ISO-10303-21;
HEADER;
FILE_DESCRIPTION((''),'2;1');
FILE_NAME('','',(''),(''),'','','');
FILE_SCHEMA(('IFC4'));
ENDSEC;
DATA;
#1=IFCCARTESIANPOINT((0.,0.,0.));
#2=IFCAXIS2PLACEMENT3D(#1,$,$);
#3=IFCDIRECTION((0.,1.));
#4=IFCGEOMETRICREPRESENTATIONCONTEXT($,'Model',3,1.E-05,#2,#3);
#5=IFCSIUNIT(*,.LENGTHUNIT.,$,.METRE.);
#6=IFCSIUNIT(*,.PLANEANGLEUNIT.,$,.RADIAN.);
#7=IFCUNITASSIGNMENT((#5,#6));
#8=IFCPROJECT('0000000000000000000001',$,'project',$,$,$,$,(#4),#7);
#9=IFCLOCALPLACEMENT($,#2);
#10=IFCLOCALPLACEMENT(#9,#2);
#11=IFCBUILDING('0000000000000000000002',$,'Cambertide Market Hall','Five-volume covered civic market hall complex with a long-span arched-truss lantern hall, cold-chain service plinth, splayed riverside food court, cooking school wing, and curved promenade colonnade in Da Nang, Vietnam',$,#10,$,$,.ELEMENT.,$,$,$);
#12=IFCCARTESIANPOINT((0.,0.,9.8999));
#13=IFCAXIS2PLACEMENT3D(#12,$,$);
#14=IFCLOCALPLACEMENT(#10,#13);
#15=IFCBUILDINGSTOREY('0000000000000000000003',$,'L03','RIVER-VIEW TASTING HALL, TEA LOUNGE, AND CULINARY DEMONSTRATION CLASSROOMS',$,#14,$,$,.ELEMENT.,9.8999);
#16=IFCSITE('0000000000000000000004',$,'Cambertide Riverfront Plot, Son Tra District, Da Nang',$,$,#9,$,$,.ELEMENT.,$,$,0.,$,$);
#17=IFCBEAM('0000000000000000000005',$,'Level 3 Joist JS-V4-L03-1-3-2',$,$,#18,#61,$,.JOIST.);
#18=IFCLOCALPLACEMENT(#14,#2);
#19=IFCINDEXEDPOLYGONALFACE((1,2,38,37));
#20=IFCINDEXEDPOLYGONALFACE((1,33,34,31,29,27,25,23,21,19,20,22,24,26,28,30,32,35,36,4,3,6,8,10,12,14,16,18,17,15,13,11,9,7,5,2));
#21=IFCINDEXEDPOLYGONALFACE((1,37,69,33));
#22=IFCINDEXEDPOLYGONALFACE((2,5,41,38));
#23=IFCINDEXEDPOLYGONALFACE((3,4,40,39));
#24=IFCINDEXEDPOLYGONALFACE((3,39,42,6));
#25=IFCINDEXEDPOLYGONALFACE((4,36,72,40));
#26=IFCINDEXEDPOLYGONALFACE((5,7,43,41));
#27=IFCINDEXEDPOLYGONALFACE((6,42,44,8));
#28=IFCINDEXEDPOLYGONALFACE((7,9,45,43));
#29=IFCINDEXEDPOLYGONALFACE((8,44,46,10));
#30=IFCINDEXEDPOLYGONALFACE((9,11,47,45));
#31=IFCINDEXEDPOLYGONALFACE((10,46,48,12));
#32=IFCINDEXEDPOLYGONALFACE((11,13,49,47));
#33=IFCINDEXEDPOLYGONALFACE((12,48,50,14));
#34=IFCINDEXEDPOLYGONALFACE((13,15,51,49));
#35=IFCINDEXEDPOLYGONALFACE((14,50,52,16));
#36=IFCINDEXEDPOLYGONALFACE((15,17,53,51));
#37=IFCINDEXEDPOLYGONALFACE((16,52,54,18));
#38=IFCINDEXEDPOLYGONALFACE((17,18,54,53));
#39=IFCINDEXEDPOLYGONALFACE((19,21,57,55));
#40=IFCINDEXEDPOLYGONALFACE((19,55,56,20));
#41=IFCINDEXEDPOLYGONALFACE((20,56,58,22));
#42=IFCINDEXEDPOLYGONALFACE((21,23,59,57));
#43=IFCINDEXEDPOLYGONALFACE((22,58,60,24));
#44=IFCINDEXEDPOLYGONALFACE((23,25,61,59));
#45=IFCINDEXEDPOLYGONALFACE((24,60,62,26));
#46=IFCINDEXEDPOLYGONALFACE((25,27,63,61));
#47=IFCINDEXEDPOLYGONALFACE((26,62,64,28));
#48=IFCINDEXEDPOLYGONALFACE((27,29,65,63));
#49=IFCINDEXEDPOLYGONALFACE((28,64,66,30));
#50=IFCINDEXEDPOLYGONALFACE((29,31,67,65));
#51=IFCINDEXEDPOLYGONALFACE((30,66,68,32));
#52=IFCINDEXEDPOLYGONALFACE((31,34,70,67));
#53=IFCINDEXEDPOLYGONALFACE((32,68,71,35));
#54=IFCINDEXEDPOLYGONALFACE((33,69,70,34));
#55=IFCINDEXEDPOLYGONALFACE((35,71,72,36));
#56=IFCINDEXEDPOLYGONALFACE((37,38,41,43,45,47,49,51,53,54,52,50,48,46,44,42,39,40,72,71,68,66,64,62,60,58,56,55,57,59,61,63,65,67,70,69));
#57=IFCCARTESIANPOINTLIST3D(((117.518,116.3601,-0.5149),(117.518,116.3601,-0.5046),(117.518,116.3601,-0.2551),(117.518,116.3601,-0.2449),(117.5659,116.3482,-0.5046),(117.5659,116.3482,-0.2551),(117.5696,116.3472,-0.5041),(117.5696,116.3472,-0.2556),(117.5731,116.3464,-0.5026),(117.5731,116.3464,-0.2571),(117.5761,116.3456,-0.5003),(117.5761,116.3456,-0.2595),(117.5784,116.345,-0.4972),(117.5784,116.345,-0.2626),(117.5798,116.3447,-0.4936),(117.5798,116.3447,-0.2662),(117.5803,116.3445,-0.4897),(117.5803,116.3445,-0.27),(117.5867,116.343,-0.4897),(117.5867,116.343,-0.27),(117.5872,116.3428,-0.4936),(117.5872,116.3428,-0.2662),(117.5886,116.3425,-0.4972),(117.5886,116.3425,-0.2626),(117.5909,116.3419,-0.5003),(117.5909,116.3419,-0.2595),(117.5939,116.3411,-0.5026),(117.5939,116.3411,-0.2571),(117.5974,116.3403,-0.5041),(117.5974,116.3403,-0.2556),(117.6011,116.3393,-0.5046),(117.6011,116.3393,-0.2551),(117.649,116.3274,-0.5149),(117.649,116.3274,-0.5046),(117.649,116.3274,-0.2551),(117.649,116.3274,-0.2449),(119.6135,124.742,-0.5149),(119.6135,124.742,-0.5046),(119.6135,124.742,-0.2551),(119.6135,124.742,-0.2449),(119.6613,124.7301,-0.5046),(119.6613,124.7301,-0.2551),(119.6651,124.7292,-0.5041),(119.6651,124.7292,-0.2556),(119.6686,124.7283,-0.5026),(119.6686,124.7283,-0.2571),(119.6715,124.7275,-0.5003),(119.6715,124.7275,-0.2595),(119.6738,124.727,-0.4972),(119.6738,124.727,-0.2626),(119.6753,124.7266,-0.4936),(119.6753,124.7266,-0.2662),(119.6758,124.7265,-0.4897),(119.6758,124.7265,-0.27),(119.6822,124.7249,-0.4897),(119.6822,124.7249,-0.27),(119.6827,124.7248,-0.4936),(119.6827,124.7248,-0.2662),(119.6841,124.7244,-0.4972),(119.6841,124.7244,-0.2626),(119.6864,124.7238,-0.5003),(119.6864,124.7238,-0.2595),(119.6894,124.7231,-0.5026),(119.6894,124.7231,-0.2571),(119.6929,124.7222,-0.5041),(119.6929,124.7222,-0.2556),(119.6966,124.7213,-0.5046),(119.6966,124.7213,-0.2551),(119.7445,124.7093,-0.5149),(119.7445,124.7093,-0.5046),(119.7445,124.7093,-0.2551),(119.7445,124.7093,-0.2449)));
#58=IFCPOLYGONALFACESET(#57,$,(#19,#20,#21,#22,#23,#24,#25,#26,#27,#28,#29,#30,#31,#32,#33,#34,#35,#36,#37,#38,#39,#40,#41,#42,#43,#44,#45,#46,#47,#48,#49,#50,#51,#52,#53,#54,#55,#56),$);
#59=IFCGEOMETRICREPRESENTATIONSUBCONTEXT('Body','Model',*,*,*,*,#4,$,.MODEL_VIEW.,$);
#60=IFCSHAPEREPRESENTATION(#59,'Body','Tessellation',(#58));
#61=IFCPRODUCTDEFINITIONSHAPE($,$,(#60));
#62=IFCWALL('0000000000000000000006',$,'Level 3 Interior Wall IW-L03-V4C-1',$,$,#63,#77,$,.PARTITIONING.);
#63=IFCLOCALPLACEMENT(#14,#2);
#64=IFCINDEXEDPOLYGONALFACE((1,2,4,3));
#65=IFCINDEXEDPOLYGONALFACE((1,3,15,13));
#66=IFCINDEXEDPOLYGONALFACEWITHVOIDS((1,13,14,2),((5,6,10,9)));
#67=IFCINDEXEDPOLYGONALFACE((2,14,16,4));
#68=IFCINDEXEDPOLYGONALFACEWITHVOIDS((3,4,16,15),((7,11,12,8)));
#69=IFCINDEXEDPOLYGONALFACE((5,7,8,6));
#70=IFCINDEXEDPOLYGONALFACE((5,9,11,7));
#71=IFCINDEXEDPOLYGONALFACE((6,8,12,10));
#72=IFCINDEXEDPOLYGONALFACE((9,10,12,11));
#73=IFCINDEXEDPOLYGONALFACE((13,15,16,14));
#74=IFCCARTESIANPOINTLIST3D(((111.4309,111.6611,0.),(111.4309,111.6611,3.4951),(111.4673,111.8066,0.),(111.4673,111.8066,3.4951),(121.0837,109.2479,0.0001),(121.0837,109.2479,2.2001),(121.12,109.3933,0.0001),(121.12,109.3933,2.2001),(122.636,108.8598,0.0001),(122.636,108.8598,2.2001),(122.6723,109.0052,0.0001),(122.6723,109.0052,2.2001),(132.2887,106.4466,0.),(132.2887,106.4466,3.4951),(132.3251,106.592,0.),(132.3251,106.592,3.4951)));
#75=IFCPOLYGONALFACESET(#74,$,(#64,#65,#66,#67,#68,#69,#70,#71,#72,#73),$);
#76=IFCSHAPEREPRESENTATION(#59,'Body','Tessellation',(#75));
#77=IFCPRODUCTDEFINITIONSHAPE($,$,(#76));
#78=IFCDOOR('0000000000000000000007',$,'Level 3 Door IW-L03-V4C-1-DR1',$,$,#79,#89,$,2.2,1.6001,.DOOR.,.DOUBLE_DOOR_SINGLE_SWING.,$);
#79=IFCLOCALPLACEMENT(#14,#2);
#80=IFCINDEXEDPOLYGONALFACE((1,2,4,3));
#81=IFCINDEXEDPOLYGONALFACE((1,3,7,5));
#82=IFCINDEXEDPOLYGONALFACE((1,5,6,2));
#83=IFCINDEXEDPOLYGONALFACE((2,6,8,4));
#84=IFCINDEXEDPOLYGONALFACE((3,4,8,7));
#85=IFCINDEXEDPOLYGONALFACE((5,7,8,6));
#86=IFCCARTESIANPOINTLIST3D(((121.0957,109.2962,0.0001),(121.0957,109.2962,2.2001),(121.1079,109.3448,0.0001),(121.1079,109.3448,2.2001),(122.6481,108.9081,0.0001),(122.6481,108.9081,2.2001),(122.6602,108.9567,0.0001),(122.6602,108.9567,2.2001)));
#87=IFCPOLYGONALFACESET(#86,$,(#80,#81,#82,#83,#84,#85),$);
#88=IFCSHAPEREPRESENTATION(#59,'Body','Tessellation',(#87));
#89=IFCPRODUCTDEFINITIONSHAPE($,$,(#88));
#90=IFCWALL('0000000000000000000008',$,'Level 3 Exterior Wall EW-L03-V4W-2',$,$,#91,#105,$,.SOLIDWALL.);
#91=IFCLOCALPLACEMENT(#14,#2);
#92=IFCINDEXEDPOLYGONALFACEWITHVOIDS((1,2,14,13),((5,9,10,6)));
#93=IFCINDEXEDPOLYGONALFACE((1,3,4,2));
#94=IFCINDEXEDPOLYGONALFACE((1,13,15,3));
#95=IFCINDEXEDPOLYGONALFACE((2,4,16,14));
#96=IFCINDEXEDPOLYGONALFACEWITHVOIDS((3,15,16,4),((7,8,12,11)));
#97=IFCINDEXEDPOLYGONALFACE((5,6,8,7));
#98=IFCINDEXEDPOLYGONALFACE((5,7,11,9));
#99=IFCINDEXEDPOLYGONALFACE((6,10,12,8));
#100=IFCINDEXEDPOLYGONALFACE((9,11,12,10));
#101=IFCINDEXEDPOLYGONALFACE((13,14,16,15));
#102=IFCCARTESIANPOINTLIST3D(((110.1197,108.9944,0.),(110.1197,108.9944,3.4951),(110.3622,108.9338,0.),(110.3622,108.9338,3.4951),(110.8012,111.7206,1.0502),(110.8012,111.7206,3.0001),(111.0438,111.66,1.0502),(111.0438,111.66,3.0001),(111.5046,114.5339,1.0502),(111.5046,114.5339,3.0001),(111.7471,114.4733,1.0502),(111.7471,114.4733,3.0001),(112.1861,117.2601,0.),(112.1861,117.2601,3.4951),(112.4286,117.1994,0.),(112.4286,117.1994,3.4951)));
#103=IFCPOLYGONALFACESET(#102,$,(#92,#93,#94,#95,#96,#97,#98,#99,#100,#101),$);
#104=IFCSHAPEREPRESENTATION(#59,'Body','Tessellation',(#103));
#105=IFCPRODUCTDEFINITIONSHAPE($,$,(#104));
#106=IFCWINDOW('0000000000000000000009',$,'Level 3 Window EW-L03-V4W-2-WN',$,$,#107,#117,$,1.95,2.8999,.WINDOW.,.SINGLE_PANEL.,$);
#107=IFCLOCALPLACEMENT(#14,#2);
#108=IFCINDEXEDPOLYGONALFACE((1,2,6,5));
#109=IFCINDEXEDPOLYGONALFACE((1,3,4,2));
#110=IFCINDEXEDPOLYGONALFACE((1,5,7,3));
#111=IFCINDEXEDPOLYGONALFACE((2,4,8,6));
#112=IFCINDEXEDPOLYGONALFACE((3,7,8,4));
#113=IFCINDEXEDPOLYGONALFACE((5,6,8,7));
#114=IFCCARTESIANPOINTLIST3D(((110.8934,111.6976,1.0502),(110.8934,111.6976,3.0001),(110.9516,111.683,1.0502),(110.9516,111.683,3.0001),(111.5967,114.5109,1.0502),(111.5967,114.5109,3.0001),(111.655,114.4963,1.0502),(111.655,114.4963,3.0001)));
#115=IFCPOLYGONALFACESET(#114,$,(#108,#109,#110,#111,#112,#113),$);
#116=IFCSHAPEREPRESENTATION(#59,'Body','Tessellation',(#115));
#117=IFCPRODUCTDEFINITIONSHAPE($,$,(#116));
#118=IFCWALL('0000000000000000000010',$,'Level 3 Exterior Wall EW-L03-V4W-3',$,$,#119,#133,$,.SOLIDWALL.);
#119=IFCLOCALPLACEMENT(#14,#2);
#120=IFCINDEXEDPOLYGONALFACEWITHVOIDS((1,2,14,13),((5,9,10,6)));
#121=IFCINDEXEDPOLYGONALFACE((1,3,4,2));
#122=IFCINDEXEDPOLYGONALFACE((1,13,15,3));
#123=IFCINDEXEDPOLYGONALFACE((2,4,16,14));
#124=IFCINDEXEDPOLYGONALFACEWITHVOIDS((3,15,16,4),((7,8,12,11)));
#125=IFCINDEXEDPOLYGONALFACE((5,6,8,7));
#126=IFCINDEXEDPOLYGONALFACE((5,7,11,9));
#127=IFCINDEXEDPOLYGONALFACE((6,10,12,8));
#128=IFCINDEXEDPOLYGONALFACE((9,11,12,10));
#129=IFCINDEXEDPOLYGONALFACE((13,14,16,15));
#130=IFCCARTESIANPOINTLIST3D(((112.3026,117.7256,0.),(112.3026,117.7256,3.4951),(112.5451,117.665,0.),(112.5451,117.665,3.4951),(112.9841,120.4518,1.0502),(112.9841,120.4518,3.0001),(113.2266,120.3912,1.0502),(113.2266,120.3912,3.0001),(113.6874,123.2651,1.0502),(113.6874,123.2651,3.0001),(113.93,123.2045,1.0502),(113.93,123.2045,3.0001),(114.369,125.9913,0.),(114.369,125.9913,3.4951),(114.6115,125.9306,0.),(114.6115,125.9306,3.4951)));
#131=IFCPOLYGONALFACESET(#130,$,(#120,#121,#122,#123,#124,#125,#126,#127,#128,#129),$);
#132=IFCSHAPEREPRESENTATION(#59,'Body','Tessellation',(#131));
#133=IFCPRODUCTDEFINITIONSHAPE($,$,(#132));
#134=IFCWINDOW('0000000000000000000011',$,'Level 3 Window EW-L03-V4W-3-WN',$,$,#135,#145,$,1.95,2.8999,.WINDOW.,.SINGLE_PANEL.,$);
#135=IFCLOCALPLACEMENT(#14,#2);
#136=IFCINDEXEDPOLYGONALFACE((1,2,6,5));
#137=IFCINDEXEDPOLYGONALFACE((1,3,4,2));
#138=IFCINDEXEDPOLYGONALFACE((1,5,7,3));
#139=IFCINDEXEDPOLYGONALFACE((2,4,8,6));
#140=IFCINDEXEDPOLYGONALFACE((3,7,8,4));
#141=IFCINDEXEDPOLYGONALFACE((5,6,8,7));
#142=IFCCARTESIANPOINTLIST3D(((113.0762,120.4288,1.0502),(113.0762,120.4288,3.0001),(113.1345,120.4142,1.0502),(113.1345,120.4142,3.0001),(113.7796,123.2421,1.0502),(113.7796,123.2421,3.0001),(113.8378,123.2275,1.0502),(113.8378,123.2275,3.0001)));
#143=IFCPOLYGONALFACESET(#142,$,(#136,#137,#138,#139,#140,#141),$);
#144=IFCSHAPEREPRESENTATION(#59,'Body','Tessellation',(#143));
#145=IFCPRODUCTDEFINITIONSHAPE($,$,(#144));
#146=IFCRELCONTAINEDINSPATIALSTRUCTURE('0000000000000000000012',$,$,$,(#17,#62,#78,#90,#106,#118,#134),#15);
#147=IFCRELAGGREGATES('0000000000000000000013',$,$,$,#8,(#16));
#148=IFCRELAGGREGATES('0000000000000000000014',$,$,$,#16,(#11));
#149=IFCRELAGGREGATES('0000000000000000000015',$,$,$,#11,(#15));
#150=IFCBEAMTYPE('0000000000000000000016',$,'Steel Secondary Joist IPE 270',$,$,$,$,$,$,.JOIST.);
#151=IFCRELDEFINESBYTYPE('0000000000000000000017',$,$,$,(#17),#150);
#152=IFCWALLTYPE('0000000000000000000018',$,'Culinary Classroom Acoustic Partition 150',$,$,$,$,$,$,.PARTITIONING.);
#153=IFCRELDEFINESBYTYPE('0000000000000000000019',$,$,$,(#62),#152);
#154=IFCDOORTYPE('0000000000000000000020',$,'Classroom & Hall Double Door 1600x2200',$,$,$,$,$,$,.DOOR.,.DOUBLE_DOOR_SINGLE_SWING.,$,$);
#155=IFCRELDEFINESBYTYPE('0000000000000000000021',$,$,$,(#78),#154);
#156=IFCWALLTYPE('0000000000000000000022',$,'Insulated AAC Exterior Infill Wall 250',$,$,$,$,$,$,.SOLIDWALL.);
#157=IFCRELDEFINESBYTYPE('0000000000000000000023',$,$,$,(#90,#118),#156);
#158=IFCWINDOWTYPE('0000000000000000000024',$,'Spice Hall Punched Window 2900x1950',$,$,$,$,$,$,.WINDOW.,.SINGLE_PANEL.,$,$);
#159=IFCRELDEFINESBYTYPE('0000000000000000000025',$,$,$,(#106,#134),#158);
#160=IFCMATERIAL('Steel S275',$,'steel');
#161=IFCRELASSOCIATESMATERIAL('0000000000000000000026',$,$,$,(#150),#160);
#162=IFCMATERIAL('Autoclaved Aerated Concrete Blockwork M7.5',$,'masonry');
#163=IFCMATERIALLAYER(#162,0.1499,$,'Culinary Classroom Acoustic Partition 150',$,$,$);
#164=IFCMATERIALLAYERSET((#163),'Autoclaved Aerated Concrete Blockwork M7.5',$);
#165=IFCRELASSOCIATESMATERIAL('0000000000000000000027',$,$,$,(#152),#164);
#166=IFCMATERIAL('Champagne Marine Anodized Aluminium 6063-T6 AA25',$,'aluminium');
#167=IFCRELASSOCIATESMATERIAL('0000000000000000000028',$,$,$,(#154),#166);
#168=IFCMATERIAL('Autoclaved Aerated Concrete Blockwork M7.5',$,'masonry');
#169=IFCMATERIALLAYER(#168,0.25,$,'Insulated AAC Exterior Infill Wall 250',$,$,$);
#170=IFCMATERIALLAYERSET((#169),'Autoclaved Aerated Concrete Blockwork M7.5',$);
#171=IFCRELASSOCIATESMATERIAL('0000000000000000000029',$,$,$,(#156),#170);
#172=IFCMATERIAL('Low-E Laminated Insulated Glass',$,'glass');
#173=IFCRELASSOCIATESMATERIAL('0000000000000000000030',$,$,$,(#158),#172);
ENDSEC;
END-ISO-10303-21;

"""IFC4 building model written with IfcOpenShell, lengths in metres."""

from ifc_helpers import new_model, si_unit, direction, frame, frame_2d, origin, origin_2d, place, context, subcontext, project, spatial, rectangle, i_section, extrude, material, layer, layer_set, material_profile, profile_set, type_object, element, fill, save


model = new_model("IFC4")

# Units and contexts
model_context = context("Model", 3, precision=1e-05, world=origin(), true_north=direction((0.0, 1.0)))
body_context = subcontext(model_context, "Body", "Model", "MODEL_VIEW")
ifc_project = project(units=[si_unit("LENGTHUNIT", "METRE"), si_unit("PLANEANGLEUNIT", "RADIAN")], contexts=[model_context])

# Site, building, storey
site_placement = place(None, origin())
site = spatial("IfcSite", under=ifc_project, at=site_placement, Name="Cambertide Riverfront Plot, Son Tra District, Da Nang", CompositionType="ELEMENT", RefElevation=0.0)
building_placement = place(site_placement, origin())
building = spatial("IfcBuilding", under=site, at=building_placement, Name="Cambertide Market Hall", Description="Five-volume covered civic market hall complex with a long-span arched-truss lantern hall, cold-chain service plinth, splayed riverside food court, cooking school wing, and curved promenade colonnade in Da Nang, Vietnam", CompositionType="ELEMENT")
storey_placement = place(building_placement, frame((0.0, 0.0, 9.8999)))
storey = spatial("IfcBuildingStorey", under=building, at=storey_placement, Name="L03", Description="RIVER-VIEW TASTING HALL, TEA LOUNGE, AND CULINARY DEMONSTRATION CLASSROOMS", CompositionType="ELEMENT", Elevation=9.8999)

# Beam
ifc_material_1 = material(Name="Steel S275", Category="steel")
ifc_material_profile_1 = material_profile(ifc_material_1, i_section(OverallWidth=0.135, OverallDepth=0.27, WebThickness=0.0066, FlangeThickness=0.0103, FilletRadius=0.0149, at=origin_2d()), Name="IPE 270")
ifc_profile_set_1 = profile_set([ifc_material_profile_1], Name="Steel S275")
beam_type_1 = type_object("IfcBeamType", Name="Steel Secondary Joist IPE 270", PredefinedType="JOIST", material=ifc_profile_set_1)
beam_1_placement = place(storey_placement, frame((117.5835, 116.3438, -0.3799), z_axis=(0.242536, 0.970143, 0.0), x_axis=(-0.970143, 0.242536, 0.0)))
element("IfcBeam", 1, at=beam_1_placement, inside=storey, type_object=beam_type_1, Name="Level 3 Joist JS-V4-L03-1-3-2", PredefinedType="JOIST", context=body_context, shape_type="SweptSolid", body=[
    extrude(i_section(OverallWidth=0.135, OverallDepth=0.27, WebThickness=0.0066, FlangeThickness=0.0103, FilletRadius=0.0149, at=origin_2d()), origin(), (0.0, 0.0, 1.0), 8.6399),
])

# Wall, opening, door
ifc_material_2 = material(Name="Autoclaved Aerated Concrete Blockwork M7.5", Category="masonry")
ifc_layer_1 = layer(ifc_material_2, 0.1499, Name="Culinary Classroom Acoustic Partition 150")
ifc_layer_set_1 = layer_set([ifc_layer_1], Name="Autoclaved Aerated Concrete Blockwork M7.5")
wall_type_1 = type_object("IfcWallType", Name="Culinary Classroom Acoustic Partition 150", PredefinedType="PARTITIONING", material=ifc_layer_set_1)
wall_1_placement = place(storey_placement, frame((111.449, 111.7339, 0.0), z_axis=(0.0, 0.0, 1.0), x_axis=(0.970141, -0.242541, 0.0)))
wall_1 = element("IfcWall", 2, at=wall_1_placement, inside=storey, type_object=wall_type_1, Name="Level 3 Interior Wall IW-L03-V4C-1", PredefinedType="PARTITIONING", context=body_context, shape_type="SweptSolid", body=[
    extrude(rectangle(XDim=21.4998, YDim=0.1499, at=frame_2d((10.75, 0.0))), origin(), (0.0, 0.0, 1.0), 3.4951),
])
opening_1_placement = place(wall_1_placement, frame((9.95, 0.0, 0.0)))
opening_1 = element("IfcOpeningElement", 3, at=opening_1_placement, cuts=wall_1, PredefinedType="OPENING", context=body_context, shape_type="SweptSolid", body=[
    extrude(rectangle(XDim=1.6001, YDim=2.2, at=frame_2d((0.8, 1.1001))), frame((0.0, 0.085, 0.0), z_axis=(0.0, -1.0, 0.0), x_axis=(1.0, 0.0, 0.0)), (0.0, 0.0, 1.0), 0.1699),
])
ifc_material_3 = material(Name="Champagne Marine Anodized Aluminium 6063-T6 AA25", Category="aluminium")
door_type = type_object("IfcDoorType", Name="Classroom & Hall Double Door 1600x2200", OperationType="DOUBLE_DOOR_SINGLE_SWING", PredefinedType="DOOR", material=ifc_material_3)
door_placement = place(opening_1_placement, origin())
door = element("IfcDoor", 4, at=door_placement, inside=storey, type_object=door_type, Name="Level 3 Door IW-L03-V4C-1-DR1", OperationType="DOUBLE_DOOR_SINGLE_SWING", OverallHeight=2.2, OverallWidth=1.6001, PredefinedType="DOOR", context=body_context, shape_type="SweptSolid", body=[
    extrude(rectangle(XDim=1.6001, YDim=2.2, at=frame_2d((0.8, 1.1001))), frame((0.0, 0.0249, 0.0), z_axis=(0.0, -1.0, 0.0), x_axis=(1.0, 0.0, 0.0)), (0.0, 0.0, 1.0), 0.05),
])
fill(opening_1, door)

# Walls, openings, windows
ifc_material_4 = material(Name="Autoclaved Aerated Concrete Blockwork M7.5", Category="masonry")
ifc_layer_2 = layer(ifc_material_4, 0.25, Name="Insulated AAC Exterior Infill Wall 250")
ifc_layer_set_2 = layer_set([ifc_layer_2], Name="Autoclaved Aerated Concrete Blockwork M7.5")
wall_type_2 = type_object("IfcWallType", Name="Insulated AAC Exterior Infill Wall 250", PredefinedType="SOLIDWALL", material=ifc_layer_set_2)
wall_2_placement = place(storey_placement, frame((110.241, 108.9641, 0.0), z_axis=(0.0, 0.0, 1.0), x_axis=(0.242536, 0.970143, 0.0)))
wall_2 = element("IfcWall", 5, at=wall_2_placement, inside=storey, type_object=wall_type_2, Name="Level 3 Exterior Wall EW-L03-V4W-2", PredefinedType="SOLIDWALL", context=body_context, shape_type="SweptSolid", body=[
    extrude(rectangle(XDim=8.52, YDim=0.25, at=frame_2d((4.26, 0.0))), origin(), (0.0, 0.0, 1.0), 3.4951),
])
opening_2_placement = place(wall_2_placement, frame((2.8101, 0.0, 1.05)))
opening_2 = element("IfcOpeningElement", 6, at=opening_2_placement, cuts=wall_2, PredefinedType="OPENING", context=body_context, shape_type="SweptSolid", body=[
    extrude(rectangle(XDim=2.8999, YDim=1.95, at=frame_2d((1.45, 0.9751))), frame((0.0, 0.135, 0.0), z_axis=(0.0, -1.0, 0.0), x_axis=(1.0, 0.0, 0.0)), (0.0, 0.0, 1.0), 0.27),
])
ifc_material_5 = material(Name="Low-E Laminated Insulated Glass", Category="glass")
window_type_1 = type_object("IfcWindowType", Name="Spice Hall Punched Window 2900x1950", PartitioningType="SINGLE_PANEL", PredefinedType="WINDOW", material=ifc_material_5)
window_1_placement = place(opening_2_placement, origin())
window_1 = element("IfcWindow", 7, at=window_1_placement, inside=storey, type_object=window_type_1, Name="Level 3 Window EW-L03-V4W-2-WN", OverallHeight=1.95, OverallWidth=2.8999, PartitioningType="SINGLE_PANEL", PredefinedType="WINDOW", context=body_context, shape_type="SweptSolid", body=[
    extrude(rectangle(XDim=2.8999, YDim=1.95, at=frame_2d((1.45, 0.9751))), frame((0.0, 0.03, 0.0), z_axis=(0.0, -1.0, 0.0), x_axis=(1.0, 0.0, 0.0)), (0.0, 0.0, 1.0), 0.0601),
])
fill(opening_2, window_1)
wall_3_placement = place(storey_placement, frame((112.4238, 117.6953, 0.0), z_axis=(0.0, 0.0, 1.0), x_axis=(0.242536, 0.970143, 0.0)))
wall_3 = element("IfcWall", 8, at=wall_3_placement, inside=storey, type_object=wall_type_2, Name="Level 3 Exterior Wall EW-L03-V4W-3", PredefinedType="SOLIDWALL", context=body_context, shape_type="SweptSolid", body=[
    extrude(rectangle(XDim=8.52, YDim=0.25, at=frame_2d((4.26, 0.0))), origin(), (0.0, 0.0, 1.0), 3.4951),
])
opening_3_placement = place(wall_3_placement, frame((2.8101, 0.0, 1.05)))
opening_3 = element("IfcOpeningElement", 9, at=opening_3_placement, cuts=wall_3, PredefinedType="OPENING", context=body_context, shape_type="SweptSolid", body=[
    extrude(rectangle(XDim=2.8999, YDim=1.95, at=frame_2d((1.45, 0.9751))), frame((0.0, 0.135, 0.0), z_axis=(0.0, -1.0, 0.0), x_axis=(1.0, 0.0, 0.0)), (0.0, 0.0, 1.0), 0.27),
])
window_2_placement = place(opening_3_placement, origin())
window_2 = element("IfcWindow", 10, at=window_2_placement, inside=storey, type_object=window_type_1, Name="Level 3 Window EW-L03-V4W-3-WN", OverallHeight=1.95, OverallWidth=2.8999, PartitioningType="SINGLE_PANEL", PredefinedType="WINDOW", context=body_context, shape_type="SweptSolid", body=[
    extrude(rectangle(XDim=2.8999, YDim=1.95, at=frame_2d((1.45, 0.9751))), frame((0.0, 0.03, 0.0), z_axis=(0.0, -1.0, 0.0), x_axis=(1.0, 0.0, 0.0)), (0.0, 0.0, 1.0), 0.0601),
])
fill(opening_3, window_2)

save(model, "model.ifc")
